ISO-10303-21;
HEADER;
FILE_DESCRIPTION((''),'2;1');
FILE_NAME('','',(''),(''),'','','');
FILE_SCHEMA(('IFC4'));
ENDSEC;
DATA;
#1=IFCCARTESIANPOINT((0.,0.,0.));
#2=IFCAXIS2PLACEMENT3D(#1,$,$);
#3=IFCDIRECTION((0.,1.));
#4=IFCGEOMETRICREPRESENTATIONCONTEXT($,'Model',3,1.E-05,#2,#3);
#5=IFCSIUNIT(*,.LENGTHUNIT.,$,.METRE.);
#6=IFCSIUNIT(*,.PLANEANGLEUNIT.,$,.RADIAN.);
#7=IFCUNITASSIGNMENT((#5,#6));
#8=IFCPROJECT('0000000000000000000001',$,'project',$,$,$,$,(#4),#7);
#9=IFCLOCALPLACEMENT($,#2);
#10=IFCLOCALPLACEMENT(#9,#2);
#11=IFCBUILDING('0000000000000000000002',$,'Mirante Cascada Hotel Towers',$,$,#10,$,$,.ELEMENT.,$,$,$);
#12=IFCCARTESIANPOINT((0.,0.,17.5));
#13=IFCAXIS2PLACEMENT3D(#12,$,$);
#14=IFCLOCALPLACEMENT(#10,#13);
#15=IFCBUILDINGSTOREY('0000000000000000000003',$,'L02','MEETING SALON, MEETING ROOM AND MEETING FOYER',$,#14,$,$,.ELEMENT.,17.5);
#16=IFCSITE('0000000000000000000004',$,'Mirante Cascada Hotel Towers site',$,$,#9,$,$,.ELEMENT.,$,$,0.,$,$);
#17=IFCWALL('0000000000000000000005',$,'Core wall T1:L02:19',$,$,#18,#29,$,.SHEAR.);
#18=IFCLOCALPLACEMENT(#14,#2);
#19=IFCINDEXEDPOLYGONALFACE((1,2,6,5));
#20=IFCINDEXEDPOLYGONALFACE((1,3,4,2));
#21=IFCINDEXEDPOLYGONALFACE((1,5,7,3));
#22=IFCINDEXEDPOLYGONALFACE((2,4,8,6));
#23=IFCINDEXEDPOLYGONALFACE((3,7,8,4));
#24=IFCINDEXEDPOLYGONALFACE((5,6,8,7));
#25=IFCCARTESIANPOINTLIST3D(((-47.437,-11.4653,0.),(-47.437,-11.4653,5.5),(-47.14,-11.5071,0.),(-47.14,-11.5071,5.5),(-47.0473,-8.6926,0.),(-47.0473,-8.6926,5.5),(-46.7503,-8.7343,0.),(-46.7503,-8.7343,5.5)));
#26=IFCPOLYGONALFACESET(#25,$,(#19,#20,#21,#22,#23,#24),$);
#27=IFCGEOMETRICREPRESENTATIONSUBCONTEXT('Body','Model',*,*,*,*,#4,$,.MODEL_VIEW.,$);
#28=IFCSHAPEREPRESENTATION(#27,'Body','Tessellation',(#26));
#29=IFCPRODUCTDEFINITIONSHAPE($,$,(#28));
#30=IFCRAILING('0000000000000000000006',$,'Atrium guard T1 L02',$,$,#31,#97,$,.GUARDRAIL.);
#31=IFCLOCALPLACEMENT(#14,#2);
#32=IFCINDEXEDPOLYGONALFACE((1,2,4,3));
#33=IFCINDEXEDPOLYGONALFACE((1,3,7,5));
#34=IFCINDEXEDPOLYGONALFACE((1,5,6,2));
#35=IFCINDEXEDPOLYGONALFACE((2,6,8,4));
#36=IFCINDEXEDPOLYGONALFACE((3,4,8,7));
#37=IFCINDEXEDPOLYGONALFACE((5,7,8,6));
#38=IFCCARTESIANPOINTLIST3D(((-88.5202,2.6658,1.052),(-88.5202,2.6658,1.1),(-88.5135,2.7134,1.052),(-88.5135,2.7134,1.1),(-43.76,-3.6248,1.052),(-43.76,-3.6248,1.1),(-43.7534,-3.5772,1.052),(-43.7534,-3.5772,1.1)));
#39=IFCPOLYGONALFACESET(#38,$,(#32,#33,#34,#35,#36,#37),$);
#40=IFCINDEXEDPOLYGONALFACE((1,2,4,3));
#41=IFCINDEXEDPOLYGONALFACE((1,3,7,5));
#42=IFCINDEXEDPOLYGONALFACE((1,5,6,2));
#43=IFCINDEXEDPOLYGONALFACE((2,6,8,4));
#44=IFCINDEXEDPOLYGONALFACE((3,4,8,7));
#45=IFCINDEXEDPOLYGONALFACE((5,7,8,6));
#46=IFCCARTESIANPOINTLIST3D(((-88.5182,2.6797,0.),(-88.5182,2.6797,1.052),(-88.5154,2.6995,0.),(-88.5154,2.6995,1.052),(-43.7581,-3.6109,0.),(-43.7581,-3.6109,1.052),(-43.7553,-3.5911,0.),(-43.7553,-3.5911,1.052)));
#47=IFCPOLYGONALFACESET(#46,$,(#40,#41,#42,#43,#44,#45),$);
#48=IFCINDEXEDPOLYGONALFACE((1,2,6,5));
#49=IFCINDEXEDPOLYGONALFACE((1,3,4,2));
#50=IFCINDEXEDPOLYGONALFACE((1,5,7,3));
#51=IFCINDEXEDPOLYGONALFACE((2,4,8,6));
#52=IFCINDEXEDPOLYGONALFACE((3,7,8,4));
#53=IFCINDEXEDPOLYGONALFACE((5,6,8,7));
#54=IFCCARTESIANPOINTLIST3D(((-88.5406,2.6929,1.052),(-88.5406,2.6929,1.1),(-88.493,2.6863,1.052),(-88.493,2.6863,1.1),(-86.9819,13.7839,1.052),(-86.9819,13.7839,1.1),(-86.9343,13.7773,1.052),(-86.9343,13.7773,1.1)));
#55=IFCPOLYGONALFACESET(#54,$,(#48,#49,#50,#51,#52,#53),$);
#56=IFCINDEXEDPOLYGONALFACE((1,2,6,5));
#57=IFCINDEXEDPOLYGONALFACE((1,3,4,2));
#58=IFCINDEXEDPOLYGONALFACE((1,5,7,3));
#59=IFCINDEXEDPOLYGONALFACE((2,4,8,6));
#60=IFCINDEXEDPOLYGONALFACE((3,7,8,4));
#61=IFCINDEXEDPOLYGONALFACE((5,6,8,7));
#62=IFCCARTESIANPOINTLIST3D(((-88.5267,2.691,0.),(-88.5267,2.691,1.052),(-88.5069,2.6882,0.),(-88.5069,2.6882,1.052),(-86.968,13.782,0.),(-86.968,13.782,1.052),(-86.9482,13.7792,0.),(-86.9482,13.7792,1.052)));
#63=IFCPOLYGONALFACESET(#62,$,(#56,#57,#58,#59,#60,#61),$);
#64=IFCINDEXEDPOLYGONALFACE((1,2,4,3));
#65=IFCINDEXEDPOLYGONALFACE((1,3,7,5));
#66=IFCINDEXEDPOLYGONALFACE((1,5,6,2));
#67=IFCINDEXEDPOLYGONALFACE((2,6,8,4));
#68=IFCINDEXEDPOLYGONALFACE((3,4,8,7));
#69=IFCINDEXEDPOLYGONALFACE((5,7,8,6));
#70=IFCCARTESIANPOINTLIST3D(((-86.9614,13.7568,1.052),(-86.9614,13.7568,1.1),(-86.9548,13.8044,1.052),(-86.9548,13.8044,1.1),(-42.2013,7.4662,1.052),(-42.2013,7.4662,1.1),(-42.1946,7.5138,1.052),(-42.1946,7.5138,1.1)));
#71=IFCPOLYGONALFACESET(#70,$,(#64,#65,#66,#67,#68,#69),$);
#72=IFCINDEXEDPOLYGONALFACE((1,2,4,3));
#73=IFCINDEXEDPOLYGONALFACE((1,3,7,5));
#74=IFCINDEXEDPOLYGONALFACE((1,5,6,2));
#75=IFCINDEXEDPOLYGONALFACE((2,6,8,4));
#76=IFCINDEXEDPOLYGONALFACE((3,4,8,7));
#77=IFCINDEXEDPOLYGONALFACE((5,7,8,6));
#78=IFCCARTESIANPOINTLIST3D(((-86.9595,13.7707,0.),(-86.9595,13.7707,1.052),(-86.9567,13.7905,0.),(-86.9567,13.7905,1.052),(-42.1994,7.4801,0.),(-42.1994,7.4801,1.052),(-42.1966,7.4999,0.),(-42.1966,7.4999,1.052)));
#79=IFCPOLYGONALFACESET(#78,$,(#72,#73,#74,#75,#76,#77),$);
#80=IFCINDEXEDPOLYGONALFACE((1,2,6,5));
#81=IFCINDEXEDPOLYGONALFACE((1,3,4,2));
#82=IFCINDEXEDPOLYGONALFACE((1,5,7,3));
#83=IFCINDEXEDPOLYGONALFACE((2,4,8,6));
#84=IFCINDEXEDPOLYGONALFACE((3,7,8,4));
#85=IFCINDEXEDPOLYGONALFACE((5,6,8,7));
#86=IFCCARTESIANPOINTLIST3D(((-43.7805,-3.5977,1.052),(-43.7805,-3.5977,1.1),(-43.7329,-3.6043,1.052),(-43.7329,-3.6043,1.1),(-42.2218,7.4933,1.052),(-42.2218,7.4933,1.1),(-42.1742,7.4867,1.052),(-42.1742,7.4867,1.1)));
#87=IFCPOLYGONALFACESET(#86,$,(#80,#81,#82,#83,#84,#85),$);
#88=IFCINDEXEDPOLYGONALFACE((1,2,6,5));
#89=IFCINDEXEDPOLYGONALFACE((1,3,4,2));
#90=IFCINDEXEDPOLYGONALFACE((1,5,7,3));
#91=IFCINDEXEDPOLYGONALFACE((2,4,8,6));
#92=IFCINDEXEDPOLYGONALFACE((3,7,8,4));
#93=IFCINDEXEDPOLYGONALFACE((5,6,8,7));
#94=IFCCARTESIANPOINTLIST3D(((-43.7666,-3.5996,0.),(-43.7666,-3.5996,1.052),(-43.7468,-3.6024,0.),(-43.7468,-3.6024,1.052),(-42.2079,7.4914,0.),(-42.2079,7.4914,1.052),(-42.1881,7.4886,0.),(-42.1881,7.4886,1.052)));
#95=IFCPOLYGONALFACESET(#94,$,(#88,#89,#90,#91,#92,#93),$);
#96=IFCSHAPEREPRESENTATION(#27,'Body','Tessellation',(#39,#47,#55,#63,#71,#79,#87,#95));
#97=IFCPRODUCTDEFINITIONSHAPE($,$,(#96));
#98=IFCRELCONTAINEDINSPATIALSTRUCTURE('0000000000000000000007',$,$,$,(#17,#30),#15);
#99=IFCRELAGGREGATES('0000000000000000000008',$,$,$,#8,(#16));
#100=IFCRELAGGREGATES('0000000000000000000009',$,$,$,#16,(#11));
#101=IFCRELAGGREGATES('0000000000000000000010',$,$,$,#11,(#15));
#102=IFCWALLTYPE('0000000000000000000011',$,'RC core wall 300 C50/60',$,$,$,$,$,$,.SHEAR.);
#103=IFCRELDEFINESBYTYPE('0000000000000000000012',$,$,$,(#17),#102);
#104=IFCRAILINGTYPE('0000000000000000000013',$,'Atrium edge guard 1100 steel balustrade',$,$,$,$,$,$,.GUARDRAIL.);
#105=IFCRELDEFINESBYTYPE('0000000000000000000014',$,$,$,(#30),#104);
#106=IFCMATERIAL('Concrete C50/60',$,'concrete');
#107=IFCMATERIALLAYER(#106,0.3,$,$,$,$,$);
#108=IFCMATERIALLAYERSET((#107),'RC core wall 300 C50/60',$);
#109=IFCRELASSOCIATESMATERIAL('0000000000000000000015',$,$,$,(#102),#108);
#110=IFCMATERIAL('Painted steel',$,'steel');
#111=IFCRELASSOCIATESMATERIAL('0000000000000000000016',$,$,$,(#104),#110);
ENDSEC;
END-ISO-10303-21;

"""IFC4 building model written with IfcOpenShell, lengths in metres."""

from ifc_helpers import new_model, si_unit, direction, frame, frame_2d, origin, origin_2d, place, context, subcontext, project, spatial, rectangle, extrude, material, layer, layer_set, type_object, element, save


model = new_model("IFC4")

# Units and contexts
model_context = context("Model", 3, precision=1e-05, world=origin(), true_north=direction((0.0, 1.0)))
body_context = subcontext(model_context, "Body", "Model", "MODEL_VIEW")
ifc_project = project(units=[si_unit("LENGTHUNIT", "METRE"), si_unit("PLANEANGLEUNIT", "RADIAN")], contexts=[model_context])

# Site, building, storey
site_placement = place(None, origin())
site = spatial("IfcSite", under=ifc_project, at=site_placement, Name="Mirante Cascada Hotel Towers site", CompositionType="ELEMENT", RefElevation=0.0)
building_placement = place(site_placement, origin())
building = spatial("IfcBuilding", under=site, at=building_placement, Name="Mirante Cascada Hotel Towers", CompositionType="ELEMENT")
storey_placement = place(building_placement, frame((0.0, 0.0, 17.5)))
storey = spatial("IfcBuildingStorey", under=building, at=storey_placement, Name="L02", Description="MEETING SALON, MEETING ROOM AND MEETING FOYER", CompositionType="ELEMENT", Elevation=17.5)

# Shared definitions
ifc_material_1 = material(Name="Concrete C50/60", Category="concrete")
ifc_layer_1 = layer(ifc_material_1, 0.3)
ifc_layer_set_1 = layer_set([ifc_layer_1], Name="RC core wall 300 C50/60")
wall_type_1 = type_object("IfcWallType", Name="RC core wall 300 C50/60", PredefinedType="SHEAR", material=ifc_layer_set_1)

# Wall
for number, where, z_axis, x_axis, name in (
    (1, (-47.2885, -11.4862, 0.0), (0.0, 0.0, 1.0), (0.139181, 0.990267, 0.0), "Core wall T1:L02:19"),
):
    element("IfcWall", number, at=place(storey_placement, frame(where, z_axis=z_axis, x_axis=x_axis)), inside=storey, type_object=wall_type_1, Name=name, PredefinedType="SHEAR", context=body_context, shape_type="SweptSolid", body=[
        extrude(rectangle(XDim=2.8, YDim=0.3, at=frame_2d((1.4, 0.0))), origin(), (0.0, 0.0, 1.0), 5.5),
    ])

# Railing
ifc_material_2 = material(Name="Painted steel", Category="steel")
railing_type = type_object("IfcRailingType", Name="Atrium edge guard 1100 steel balustrade", PredefinedType="GUARDRAIL", material=ifc_material_2)
railing_placement = place(storey_placement, frame((-43.7567, -3.601, 0.0)))
element("IfcRailing", 2, at=railing_placement, inside=storey, type_object=railing_type, Name="Atrium guard T1 L02", PredefinedType="GUARDRAIL", context=body_context, shape_type="SweptSolid", body=[
    extrude(rectangle(XDim=0.048, YDim=0.048, at=origin_2d()), frame((0.0, 0.0, 1.076), z_axis=(-0.990268, 0.139173, 0.0), x_axis=(-0.139173, -0.990268, 0.0)), (0.0, 0.0, 1.0), 45.2),
    extrude(rectangle(XDim=0.02, YDim=1.052, at=origin_2d()), frame((0.0, 0.0, 0.526), z_axis=(-0.990268, 0.139173, 0.0), x_axis=(-0.139173, -0.990268, 0.0)), (0.0, 0.0, 1.0), 45.2),
    extrude(rectangle(XDim=0.048, YDim=0.048, at=origin_2d()), frame((-44.7601, 6.2906, 1.076), z_axis=(0.13917, 0.990268, 0.0), x_axis=(-0.990268, 0.13917, 0.0)), (0.0, 0.0, 1.0), 11.2),
    extrude(rectangle(XDim=0.02, YDim=1.052, at=origin_2d()), frame((-44.7601, 6.2906, 0.526), z_axis=(0.13917, 0.990268, 0.0), x_axis=(-0.990268, 0.13917, 0.0)), (0.0, 0.0, 1.0), 11.2),
    extrude(rectangle(XDim=0.048, YDim=0.048, at=origin_2d()), frame((-43.2014, 17.3816, 1.076), z_axis=(0.990268, -0.139173, 0.0), x_axis=(0.139173, 0.990268, 0.0)), (0.0, 0.0, 1.0), 45.2),
    extrude(rectangle(XDim=0.02, YDim=1.052, at=origin_2d()), frame((-43.2014, 17.3816, 0.526), z_axis=(0.990268, -0.139173, 0.0), x_axis=(0.139173, 0.990268, 0.0)), (0.0, 0.0, 1.0), 45.2),
    extrude(rectangle(XDim=0.048, YDim=0.048, at=origin_2d()), frame((1.5587, 11.091, 1.076), z_axis=(-0.13917, -0.990268, 0.0), x_axis=(0.990268, -0.13917, 0.0)), (0.0, 0.0, 1.0), 11.2),
    extrude(rectangle(XDim=0.02, YDim=1.052, at=origin_2d()), frame((1.5587, 11.091, 0.526), z_axis=(-0.13917, -0.990268, 0.0), x_axis=(0.990268, -0.13917, 0.0)), (0.0, 0.0, 1.0), 11.2),
])

save(model, "model.ifc")
